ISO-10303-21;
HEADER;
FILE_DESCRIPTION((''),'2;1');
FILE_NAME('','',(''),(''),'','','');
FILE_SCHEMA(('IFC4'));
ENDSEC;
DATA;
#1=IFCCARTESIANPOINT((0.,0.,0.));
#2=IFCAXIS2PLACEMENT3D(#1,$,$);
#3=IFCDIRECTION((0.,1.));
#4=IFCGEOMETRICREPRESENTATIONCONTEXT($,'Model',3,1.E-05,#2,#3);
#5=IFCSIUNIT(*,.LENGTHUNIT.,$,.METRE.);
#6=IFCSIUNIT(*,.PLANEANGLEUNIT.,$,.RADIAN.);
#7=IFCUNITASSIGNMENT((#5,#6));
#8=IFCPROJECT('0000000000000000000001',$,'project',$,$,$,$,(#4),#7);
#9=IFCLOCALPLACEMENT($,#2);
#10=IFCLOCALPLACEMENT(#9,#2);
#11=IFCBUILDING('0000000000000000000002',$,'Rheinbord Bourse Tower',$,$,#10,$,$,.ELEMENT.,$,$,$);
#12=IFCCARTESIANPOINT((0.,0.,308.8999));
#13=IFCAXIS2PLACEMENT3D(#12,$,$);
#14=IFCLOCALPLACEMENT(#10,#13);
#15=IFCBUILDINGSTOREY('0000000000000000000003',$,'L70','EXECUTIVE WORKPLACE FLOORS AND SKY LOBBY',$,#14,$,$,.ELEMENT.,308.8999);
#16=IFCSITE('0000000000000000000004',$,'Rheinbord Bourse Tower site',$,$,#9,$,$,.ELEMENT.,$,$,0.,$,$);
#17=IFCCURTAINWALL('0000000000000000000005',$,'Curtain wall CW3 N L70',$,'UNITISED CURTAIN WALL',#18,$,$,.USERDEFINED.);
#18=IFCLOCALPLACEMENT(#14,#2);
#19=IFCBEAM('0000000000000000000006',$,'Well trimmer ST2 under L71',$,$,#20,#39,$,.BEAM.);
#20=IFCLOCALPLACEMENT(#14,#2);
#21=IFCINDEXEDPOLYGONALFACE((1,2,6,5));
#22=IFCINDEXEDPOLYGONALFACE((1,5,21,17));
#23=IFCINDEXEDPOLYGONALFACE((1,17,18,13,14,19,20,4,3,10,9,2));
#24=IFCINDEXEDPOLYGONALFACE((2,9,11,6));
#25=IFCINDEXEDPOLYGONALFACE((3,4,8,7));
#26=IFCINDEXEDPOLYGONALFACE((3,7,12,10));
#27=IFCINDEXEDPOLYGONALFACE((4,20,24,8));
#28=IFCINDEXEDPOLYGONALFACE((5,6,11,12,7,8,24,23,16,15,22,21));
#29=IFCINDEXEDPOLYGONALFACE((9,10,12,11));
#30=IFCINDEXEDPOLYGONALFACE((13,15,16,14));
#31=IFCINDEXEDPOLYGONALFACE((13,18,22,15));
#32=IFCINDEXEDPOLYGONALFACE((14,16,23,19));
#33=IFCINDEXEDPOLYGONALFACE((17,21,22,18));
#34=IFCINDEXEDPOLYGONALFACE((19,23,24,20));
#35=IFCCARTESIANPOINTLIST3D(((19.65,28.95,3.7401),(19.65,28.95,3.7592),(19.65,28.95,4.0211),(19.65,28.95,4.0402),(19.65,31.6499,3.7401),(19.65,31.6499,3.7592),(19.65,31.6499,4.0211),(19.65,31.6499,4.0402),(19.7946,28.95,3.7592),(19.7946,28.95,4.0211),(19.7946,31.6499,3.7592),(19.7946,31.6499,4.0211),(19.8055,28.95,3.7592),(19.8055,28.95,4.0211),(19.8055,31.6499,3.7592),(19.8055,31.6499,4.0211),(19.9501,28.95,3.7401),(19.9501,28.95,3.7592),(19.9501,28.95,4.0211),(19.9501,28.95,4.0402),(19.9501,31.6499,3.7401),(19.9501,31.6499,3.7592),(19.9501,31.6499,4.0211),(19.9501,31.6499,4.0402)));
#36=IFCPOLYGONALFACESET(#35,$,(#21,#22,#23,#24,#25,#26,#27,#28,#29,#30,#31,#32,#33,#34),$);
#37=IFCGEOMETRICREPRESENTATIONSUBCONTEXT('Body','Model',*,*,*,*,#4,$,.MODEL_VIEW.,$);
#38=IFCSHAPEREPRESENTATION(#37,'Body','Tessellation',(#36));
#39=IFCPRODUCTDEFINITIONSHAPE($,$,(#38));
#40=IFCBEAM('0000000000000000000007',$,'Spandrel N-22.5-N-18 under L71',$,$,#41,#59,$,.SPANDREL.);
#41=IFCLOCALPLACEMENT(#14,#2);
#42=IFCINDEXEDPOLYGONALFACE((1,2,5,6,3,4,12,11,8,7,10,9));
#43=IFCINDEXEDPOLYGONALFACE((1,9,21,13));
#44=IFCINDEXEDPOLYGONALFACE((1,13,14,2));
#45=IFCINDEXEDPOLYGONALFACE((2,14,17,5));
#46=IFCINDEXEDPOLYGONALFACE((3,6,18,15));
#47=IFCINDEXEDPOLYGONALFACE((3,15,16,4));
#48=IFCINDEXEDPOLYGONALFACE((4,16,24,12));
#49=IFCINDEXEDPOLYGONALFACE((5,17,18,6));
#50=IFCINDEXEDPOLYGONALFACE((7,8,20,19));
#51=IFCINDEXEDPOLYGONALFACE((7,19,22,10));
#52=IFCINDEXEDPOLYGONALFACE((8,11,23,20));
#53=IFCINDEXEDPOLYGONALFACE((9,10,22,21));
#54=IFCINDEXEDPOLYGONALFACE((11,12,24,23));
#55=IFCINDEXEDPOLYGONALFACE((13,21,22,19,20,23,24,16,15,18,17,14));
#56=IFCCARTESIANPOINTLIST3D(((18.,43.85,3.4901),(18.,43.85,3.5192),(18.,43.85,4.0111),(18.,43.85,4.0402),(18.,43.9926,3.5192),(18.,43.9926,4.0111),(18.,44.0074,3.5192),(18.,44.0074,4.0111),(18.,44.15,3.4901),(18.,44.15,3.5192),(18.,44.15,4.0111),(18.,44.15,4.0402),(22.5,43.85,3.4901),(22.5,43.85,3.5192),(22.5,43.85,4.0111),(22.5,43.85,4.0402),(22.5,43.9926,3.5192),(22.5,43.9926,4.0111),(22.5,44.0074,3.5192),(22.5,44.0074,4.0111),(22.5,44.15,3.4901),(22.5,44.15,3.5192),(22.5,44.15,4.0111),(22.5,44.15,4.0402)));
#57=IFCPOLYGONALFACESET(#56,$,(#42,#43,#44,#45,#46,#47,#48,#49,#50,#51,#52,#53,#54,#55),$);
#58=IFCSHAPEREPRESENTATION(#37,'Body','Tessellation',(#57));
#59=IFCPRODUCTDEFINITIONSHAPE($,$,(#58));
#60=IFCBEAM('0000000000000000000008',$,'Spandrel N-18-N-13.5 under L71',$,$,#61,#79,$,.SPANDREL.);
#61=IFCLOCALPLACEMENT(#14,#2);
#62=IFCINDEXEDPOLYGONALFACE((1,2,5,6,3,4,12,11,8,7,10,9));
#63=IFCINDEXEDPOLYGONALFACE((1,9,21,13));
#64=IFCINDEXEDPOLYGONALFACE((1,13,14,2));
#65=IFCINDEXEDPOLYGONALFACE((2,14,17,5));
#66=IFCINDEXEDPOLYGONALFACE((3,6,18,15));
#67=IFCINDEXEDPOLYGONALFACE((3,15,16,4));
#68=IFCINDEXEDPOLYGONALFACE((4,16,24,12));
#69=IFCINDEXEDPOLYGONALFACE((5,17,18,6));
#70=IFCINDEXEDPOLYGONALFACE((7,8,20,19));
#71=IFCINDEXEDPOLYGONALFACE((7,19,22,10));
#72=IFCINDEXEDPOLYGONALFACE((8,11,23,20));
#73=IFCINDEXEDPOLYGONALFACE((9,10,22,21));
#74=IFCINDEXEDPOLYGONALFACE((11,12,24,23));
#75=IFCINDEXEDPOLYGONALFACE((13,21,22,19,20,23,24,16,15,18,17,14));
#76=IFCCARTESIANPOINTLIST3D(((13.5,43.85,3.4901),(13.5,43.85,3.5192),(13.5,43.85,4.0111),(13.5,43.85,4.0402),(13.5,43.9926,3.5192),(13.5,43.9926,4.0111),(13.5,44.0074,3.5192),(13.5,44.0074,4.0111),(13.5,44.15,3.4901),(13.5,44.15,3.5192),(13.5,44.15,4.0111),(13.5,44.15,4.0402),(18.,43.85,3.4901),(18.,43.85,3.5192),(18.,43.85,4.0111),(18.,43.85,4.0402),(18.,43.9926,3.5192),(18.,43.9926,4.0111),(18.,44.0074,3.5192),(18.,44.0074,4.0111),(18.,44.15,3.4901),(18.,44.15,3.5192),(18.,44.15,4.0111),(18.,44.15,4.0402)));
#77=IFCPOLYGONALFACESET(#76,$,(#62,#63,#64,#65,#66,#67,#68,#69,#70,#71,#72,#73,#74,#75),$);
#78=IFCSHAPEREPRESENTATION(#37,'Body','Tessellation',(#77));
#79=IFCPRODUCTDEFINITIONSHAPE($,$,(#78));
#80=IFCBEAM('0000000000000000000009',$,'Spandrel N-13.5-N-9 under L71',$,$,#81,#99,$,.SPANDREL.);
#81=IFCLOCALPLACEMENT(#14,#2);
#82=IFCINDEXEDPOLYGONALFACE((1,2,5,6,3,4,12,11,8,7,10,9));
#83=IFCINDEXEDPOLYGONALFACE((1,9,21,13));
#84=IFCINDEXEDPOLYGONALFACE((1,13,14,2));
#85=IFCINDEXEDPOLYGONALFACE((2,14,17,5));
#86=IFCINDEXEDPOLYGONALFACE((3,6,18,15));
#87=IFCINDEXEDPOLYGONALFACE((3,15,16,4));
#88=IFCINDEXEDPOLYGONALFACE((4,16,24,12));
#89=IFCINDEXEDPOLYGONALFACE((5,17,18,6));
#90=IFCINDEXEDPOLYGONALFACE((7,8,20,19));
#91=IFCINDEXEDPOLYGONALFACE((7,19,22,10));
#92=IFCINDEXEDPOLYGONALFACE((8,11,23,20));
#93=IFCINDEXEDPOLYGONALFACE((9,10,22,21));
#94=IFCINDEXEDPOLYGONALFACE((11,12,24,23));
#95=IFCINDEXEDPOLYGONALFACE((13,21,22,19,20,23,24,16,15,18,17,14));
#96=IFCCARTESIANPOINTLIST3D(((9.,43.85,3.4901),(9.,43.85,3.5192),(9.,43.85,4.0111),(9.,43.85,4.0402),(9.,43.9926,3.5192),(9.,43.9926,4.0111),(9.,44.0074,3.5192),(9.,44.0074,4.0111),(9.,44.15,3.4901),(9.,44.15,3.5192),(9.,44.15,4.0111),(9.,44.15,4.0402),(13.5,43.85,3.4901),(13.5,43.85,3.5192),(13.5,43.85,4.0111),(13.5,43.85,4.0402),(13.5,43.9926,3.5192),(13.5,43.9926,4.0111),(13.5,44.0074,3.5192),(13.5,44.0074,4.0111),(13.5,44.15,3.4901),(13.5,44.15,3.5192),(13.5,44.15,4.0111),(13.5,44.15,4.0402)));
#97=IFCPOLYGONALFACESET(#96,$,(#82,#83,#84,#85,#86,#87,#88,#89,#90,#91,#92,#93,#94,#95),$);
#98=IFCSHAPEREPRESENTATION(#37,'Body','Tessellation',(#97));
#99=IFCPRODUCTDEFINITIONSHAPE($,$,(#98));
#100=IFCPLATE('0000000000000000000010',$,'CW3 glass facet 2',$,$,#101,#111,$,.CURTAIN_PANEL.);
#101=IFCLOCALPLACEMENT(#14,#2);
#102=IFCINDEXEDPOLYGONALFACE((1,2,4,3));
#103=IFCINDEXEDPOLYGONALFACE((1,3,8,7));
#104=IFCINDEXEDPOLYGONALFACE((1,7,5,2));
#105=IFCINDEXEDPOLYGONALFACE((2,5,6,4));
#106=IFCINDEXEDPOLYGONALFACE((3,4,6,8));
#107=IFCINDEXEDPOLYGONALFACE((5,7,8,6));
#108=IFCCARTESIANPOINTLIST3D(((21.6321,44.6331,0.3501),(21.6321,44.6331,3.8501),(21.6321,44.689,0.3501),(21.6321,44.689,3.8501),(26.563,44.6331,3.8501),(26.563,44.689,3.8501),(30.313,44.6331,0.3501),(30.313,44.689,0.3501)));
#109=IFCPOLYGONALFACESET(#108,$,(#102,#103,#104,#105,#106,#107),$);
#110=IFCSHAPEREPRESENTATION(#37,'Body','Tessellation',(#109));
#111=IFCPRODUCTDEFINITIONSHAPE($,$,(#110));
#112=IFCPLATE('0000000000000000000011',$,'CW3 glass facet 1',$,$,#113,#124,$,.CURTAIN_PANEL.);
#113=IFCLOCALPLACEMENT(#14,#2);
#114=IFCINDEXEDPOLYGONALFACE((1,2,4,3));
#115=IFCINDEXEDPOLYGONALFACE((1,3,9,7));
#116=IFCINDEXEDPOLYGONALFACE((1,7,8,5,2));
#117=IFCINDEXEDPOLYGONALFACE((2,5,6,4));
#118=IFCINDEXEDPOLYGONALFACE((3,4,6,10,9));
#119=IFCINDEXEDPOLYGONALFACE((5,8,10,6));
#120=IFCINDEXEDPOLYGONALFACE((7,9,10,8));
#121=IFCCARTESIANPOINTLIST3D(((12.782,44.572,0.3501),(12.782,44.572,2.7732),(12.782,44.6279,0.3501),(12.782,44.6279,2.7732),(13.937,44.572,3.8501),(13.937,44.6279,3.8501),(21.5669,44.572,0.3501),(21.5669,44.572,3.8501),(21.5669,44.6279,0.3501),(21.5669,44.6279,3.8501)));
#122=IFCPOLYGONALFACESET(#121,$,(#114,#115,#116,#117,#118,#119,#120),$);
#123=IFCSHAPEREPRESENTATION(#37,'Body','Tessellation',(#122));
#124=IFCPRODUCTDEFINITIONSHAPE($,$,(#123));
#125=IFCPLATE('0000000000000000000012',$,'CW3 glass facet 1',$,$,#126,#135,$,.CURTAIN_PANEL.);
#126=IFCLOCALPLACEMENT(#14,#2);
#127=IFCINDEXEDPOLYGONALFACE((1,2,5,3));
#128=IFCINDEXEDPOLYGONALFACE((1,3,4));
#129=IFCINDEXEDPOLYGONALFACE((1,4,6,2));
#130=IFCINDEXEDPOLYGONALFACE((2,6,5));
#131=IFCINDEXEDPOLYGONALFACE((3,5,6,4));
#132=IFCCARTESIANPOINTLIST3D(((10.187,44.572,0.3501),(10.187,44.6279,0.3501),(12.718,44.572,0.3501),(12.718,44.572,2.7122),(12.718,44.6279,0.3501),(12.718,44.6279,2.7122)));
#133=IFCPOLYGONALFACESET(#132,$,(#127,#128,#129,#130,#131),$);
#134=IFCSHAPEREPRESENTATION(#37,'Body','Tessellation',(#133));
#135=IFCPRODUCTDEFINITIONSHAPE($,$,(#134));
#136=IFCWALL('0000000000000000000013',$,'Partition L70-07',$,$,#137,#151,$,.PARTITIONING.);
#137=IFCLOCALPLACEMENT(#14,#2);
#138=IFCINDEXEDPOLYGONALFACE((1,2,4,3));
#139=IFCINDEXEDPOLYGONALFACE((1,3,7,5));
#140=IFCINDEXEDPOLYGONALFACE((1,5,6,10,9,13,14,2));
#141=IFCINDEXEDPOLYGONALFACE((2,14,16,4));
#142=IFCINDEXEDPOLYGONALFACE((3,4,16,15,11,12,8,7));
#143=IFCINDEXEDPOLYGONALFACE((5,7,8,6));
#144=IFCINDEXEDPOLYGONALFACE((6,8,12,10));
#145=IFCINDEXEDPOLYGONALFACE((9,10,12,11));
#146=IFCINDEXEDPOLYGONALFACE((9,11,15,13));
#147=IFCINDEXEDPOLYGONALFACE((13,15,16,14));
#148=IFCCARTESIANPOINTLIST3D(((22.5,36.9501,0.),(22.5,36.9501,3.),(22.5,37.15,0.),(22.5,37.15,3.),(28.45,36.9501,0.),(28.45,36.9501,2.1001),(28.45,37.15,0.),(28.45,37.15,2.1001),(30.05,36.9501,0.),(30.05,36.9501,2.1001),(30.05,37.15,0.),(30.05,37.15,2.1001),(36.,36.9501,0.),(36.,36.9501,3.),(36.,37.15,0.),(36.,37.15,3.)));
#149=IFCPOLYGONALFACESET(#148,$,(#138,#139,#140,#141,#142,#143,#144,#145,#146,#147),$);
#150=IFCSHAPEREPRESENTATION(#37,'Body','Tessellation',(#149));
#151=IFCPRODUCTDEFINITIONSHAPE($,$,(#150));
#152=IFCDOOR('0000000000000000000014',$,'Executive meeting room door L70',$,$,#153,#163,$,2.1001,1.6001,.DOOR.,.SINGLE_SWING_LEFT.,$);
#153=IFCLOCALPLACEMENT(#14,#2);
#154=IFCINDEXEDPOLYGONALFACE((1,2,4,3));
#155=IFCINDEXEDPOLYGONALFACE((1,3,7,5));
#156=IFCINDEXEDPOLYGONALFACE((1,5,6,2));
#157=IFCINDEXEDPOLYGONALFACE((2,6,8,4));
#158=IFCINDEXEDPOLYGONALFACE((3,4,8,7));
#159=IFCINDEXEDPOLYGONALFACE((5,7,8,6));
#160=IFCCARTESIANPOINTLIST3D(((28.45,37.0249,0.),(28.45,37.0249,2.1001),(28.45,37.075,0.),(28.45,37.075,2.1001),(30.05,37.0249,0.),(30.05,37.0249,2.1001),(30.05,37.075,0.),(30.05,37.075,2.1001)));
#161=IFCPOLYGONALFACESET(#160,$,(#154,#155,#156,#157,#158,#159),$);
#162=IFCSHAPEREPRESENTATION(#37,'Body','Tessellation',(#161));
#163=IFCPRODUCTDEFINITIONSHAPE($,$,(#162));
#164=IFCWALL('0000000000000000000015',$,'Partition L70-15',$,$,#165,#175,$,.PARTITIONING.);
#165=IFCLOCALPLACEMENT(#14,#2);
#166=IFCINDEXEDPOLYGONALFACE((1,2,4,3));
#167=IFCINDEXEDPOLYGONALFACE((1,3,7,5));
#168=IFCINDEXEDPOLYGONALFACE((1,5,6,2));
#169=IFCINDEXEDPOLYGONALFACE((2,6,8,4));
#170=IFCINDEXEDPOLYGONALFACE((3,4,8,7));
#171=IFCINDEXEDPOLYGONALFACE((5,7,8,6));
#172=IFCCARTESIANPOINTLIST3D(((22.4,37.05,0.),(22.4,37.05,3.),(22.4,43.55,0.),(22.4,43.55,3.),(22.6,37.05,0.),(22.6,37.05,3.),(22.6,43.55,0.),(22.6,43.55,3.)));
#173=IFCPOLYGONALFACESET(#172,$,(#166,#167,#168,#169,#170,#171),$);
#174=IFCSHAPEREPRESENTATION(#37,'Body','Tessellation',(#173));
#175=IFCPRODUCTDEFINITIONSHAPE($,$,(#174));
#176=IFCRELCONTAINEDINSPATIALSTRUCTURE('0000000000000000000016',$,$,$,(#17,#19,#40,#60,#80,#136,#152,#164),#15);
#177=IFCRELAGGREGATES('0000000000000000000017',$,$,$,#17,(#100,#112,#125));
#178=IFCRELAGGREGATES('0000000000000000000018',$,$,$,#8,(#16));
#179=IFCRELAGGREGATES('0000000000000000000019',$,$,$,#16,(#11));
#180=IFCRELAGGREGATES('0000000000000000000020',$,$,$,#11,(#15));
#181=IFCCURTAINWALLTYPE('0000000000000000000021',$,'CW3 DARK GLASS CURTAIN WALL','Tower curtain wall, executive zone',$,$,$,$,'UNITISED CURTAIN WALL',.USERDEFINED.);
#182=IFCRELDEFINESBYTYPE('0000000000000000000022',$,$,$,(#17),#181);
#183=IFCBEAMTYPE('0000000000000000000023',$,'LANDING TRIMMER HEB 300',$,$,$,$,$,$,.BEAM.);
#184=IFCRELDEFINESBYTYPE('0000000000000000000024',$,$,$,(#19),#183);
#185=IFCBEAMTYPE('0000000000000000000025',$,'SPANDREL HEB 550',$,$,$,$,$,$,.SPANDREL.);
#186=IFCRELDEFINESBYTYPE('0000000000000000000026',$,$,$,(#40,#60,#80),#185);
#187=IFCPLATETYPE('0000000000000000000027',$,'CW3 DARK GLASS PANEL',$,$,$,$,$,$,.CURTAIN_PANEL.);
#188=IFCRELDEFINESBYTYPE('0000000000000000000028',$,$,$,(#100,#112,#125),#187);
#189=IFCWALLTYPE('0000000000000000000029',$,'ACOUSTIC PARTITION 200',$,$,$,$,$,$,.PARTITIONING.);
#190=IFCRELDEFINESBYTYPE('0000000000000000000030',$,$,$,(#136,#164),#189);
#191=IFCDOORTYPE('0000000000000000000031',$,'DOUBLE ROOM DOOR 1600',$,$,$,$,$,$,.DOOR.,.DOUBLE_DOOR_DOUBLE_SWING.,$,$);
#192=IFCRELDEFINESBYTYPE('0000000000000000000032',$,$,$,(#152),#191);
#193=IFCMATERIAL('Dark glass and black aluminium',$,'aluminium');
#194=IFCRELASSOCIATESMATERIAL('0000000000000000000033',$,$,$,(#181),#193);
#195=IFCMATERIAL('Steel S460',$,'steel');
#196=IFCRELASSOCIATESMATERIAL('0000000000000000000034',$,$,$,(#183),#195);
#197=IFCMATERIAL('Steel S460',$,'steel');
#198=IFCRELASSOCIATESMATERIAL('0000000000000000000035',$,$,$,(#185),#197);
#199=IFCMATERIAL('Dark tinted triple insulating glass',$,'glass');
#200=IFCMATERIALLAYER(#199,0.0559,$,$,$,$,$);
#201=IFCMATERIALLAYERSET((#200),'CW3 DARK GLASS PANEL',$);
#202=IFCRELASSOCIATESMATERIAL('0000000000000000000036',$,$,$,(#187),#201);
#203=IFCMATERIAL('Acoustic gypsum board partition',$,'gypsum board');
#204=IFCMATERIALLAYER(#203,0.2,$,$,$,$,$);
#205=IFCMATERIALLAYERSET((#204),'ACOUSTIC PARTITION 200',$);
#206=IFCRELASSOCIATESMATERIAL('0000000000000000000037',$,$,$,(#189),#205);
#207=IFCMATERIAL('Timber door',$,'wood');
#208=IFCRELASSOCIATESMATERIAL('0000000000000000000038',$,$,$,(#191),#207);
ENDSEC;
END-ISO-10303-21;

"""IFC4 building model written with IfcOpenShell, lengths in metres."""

from ifc_helpers import new_model, si_unit, direction, frame, frame_2d, origin, origin_2d, place, context, subcontext, project, spatial, polyline, rectangle, i_section, outline, extrude, material, layer, layer_set, material_profile, profile_set, type_object, element, fill, aggregate, save


model = new_model("IFC4")

# Units and contexts
model_context = context("Model", 3, precision=1e-05, world=origin(), true_north=direction((0.0, 1.0)))
body_context = subcontext(model_context, "Body", "Model", "MODEL_VIEW")
ifc_project = project(units=[si_unit("LENGTHUNIT", "METRE"), si_unit("PLANEANGLEUNIT", "RADIAN")], contexts=[model_context])

# Site, building, storey
site_placement = place(None, origin())
site = spatial("IfcSite", under=ifc_project, at=site_placement, Name="Rheinbord Bourse Tower site", CompositionType="ELEMENT", RefElevation=0.0)
building_placement = place(site_placement, origin())
building = spatial("IfcBuilding", under=site, at=building_placement, Name="Rheinbord Bourse Tower", CompositionType="ELEMENT")
storey_placement = place(building_placement, frame((0.0, 0.0, 308.8999)))
storey = spatial("IfcBuildingStorey", under=building, at=storey_placement, Name="L70", Description="EXECUTIVE WORKPLACE FLOORS AND SKY LOBBY", CompositionType="ELEMENT", Elevation=308.8999)

# Curtain wall
ifc_material_1 = material(Name="Dark glass and black aluminium", Category="aluminium")
curtain_wall_type = type_object("IfcCurtainWallType", Name="CW3 DARK GLASS CURTAIN WALL", Description="Tower curtain wall, executive zone", ElementType="UNITISED CURTAIN WALL", PredefinedType="USERDEFINED", material=ifc_material_1)
curtain_wall_placement = place(storey_placement, origin())
curtain_wall = element("IfcCurtainWall", 1, at=curtain_wall_placement, inside=storey, type_object=curtain_wall_type, Name="Curtain wall CW3 N L70", ObjectType="UNITISED CURTAIN WALL", PredefinedType="USERDEFINED")

# Beams
ifc_material_2 = material(Name="Steel S460", Category="steel")
ifc_material_profile_1 = material_profile(ifc_material_2, i_section(OverallWidth=0.3, OverallDepth=0.3, WebThickness=0.011, FlangeThickness=0.019, at=origin_2d()), Name="HEB 300")
ifc_profile_set_1 = profile_set([ifc_material_profile_1], Name="Steel S460")
beam_type_1 = type_object("IfcBeamType", Name="LANDING TRIMMER HEB 300", PredefinedType="BEAM", material=ifc_profile_set_1)
beam_placement = place(storey_placement, frame((19.8, 28.95, 3.8901), z_axis=(0.0, 1.0, 0.0), x_axis=(-1.0, 0.0, 0.0)))
element("IfcBeam", 2, at=beam_placement, inside=storey, type_object=beam_type_1, Name="Well trimmer ST2 under L71", PredefinedType="BEAM", context=body_context, shape_type="SweptSolid", body=[
    extrude(i_section(OverallWidth=0.3, OverallDepth=0.3, WebThickness=0.011, FlangeThickness=0.019, at=origin_2d()), origin(), (0.0, 0.0, 1.0), 2.7),
])
ifc_material_3 = material(Name="Steel S460", Category="steel")
ifc_material_profile_2 = material_profile(ifc_material_3, i_section(OverallWidth=0.3, OverallDepth=0.55, WebThickness=0.0149, FlangeThickness=0.0291, at=origin_2d()), Name="HEB 550")
ifc_profile_set_2 = profile_set([ifc_material_profile_2], Name="Steel S460")
beam_type_2 = type_object("IfcBeamType", Name="SPANDREL HEB 550", PredefinedType="SPANDREL", material=ifc_profile_set_2)
for number, where, z_axis, x_axis, name in (
    (3, (22.5, 44.0, 3.7651), (-1.0, 0.0, 0.0), (0.0, -1.0, 0.0), "Spandrel N-22.5-N-18 under L71"),
    (4, (18.0, 44.0, 3.7651), (-1.0, 0.0, 0.0), (0.0, -1.0, 0.0), "Spandrel N-18-N-13.5 under L71"),
    (5, (13.5, 44.0, 3.7651), (-1.0, 0.0, 0.0), (0.0, -1.0, 0.0), "Spandrel N-13.5-N-9 under L71"),
):
    element("IfcBeam", number, at=place(storey_placement, frame(where, z_axis=z_axis, x_axis=x_axis)), inside=storey, type_object=beam_type_2, Name=name, PredefinedType="SPANDREL", context=body_context, shape_type="SweptSolid", body=[
        extrude(i_section(OverallWidth=0.3, OverallDepth=0.55, WebThickness=0.0149, FlangeThickness=0.0291, at=origin_2d()), origin(), (0.0, 0.0, 1.0), 4.5),
    ])

# Plates
ifc_material_4 = material(Name="Dark tinted triple insulating glass", Category="glass")
ifc_layer_1 = layer(ifc_material_4, 0.0559)
ifc_layer_set_1 = layer_set([ifc_layer_1], Name="CW3 DARK GLASS PANEL")
plate_type = type_object("IfcPlateType", Name="CW3 DARK GLASS PANEL", PredefinedType="CURTAIN_PANEL", material=ifc_layer_set_1)
plate_1_placement = place(storey_placement, frame((21.6321, 44.689, 3.8501), z_axis=(0.0, -1.0, 0.0), x_axis=(0.0, 0.0, -1.0)))
plate_1 = element("IfcPlate", 6, at=plate_1_placement, type_object=plate_type, Name="CW3 glass facet 2", PredefinedType="CURTAIN_PANEL", context=body_context, shape_type="SweptSolid", body=[
    extrude(outline(polyline([(0.0, 0.0), (3.5, 0.0), (3.5, 8.6809), (0.0, 4.9309), (0.0, 0.0)])), origin(), (0.0, 0.0, 1.0), 0.0559),
])
plate_2_placement = place(storey_placement, frame((12.782, 44.6279, 0.3501), z_axis=(0.0, -1.0, 0.0), x_axis=(1.0, 0.0, 0.0)))
plate_2 = element("IfcPlate", 7, at=plate_2_placement, type_object=plate_type, Name="CW3 glass facet 1", PredefinedType="CURTAIN_PANEL", context=body_context, shape_type="SweptSolid", body=[
    extrude(outline(polyline([(0.0, 0.0), (8.7849, 0.0), (8.7849, 3.5), (1.155, 3.5), (0.0, 2.4231), (0.0, 0.0)])), origin(), (0.0, 0.0, 1.0), 0.0559),
])
plate_3_placement = place(storey_placement, frame((12.718, 44.6279, 0.3501), z_axis=(0.0, -1.0, 0.0), x_axis=(0.0, 0.0, 1.0)))
plate_3 = element("IfcPlate", 8, at=plate_3_placement, type_object=plate_type, Name="CW3 glass facet 1", PredefinedType="CURTAIN_PANEL", context=body_context, shape_type="SweptSolid", body=[
    extrude(outline(polyline([(0.0, 0.0), (2.3621, 0.0), (0.0, 2.531), (0.0, 0.0)])), origin(), (0.0, 0.0, 1.0), 0.0559),
])
aggregate(curtain_wall, [plate_1, plate_2, plate_3])

# Wall, opening, door
ifc_material_5 = material(Name="Acoustic gypsum board partition", Category="gypsum board")
ifc_layer_2 = layer(ifc_material_5, 0.2)
ifc_layer_set_2 = layer_set([ifc_layer_2], Name="ACOUSTIC PARTITION 200")
wall_type_1 = type_object("IfcWallType", Name="ACOUSTIC PARTITION 200", PredefinedType="PARTITIONING", material=ifc_layer_set_2)
wall_1_placement = place(storey_placement, frame((22.5, 37.05, 0.0), z_axis=(0.0, 0.0, 1.0), x_axis=(1.0, 0.0, 0.0)))
wall_1 = element("IfcWall", 9, at=wall_1_placement, inside=storey, type_object=wall_type_1, Name="Partition L70-07", PredefinedType="PARTITIONING", context=body_context, shape_type="SweptSolid", body=[
    extrude(rectangle(XDim=13.5, YDim=0.2, at=frame_2d((6.75, 0.0))), origin(), (0.0, 0.0, 1.0), 3.0),
])
opening_1_placement = place(wall_1_placement, frame((5.95, 0.0, 0.0)))
opening_1 = element("IfcOpeningElement", 10, at=opening_1_placement, cuts=wall_1, PredefinedType="OPENING", context=body_context, shape_type="SweptSolid", body=[
    extrude(rectangle(XDim=1.6001, YDim=2.1001, at=frame_2d((0.8, 1.05))), frame((0.0, 0.1099, 0.0), z_axis=(0.0, -1.0, 0.0), x_axis=(1.0, 0.0, 0.0)), (0.0, 0.0, 1.0), 0.22),
])
ifc_material_6 = material(Name="Timber door", Category="wood")
door_type_1 = type_object("IfcDoorType", Name="DOUBLE ROOM DOOR 1600", OperationType="DOUBLE_DOOR_DOUBLE_SWING", PredefinedType="DOOR", material=ifc_material_6)
door_1_placement = place(opening_1_placement, origin())
door_1 = element("IfcDoor", 11, at=door_1_placement, inside=storey, type_object=door_type_1, Name="Executive meeting room door L70", OperationType="SINGLE_SWING_LEFT", OverallHeight=2.1001, OverallWidth=1.6001, PredefinedType="DOOR", context=body_context, shape_type="SweptSolid", body=[
    extrude(rectangle(XDim=1.6001, YDim=2.1001, at=frame_2d((0.8, 1.05))), frame((0.0, 0.0249, 0.0), z_axis=(0.0, -1.0, 0.0), x_axis=(1.0, 0.0, 0.0)), (0.0, 0.0, 1.0), 0.05),
])
fill(opening_1, door_1)

# Wall
wall_2_placement = place(storey_placement, frame((22.5, 37.05, 0.0), z_axis=(0.0, 0.0, 1.0), x_axis=(0.0, 1.0, 0.0)))
element("IfcWall", 12, at=wall_2_placement, inside=storey, type_object=wall_type_1, Name="Partition L70-15", PredefinedType="PARTITIONING", context=body_context, shape_type="SweptSolid", body=[
    extrude(rectangle(XDim=6.5, YDim=0.2, at=frame_2d((3.25, 0.0))), origin(), (0.0, 0.0, 1.0), 3.0),
])

save(model, "model.ifc")
